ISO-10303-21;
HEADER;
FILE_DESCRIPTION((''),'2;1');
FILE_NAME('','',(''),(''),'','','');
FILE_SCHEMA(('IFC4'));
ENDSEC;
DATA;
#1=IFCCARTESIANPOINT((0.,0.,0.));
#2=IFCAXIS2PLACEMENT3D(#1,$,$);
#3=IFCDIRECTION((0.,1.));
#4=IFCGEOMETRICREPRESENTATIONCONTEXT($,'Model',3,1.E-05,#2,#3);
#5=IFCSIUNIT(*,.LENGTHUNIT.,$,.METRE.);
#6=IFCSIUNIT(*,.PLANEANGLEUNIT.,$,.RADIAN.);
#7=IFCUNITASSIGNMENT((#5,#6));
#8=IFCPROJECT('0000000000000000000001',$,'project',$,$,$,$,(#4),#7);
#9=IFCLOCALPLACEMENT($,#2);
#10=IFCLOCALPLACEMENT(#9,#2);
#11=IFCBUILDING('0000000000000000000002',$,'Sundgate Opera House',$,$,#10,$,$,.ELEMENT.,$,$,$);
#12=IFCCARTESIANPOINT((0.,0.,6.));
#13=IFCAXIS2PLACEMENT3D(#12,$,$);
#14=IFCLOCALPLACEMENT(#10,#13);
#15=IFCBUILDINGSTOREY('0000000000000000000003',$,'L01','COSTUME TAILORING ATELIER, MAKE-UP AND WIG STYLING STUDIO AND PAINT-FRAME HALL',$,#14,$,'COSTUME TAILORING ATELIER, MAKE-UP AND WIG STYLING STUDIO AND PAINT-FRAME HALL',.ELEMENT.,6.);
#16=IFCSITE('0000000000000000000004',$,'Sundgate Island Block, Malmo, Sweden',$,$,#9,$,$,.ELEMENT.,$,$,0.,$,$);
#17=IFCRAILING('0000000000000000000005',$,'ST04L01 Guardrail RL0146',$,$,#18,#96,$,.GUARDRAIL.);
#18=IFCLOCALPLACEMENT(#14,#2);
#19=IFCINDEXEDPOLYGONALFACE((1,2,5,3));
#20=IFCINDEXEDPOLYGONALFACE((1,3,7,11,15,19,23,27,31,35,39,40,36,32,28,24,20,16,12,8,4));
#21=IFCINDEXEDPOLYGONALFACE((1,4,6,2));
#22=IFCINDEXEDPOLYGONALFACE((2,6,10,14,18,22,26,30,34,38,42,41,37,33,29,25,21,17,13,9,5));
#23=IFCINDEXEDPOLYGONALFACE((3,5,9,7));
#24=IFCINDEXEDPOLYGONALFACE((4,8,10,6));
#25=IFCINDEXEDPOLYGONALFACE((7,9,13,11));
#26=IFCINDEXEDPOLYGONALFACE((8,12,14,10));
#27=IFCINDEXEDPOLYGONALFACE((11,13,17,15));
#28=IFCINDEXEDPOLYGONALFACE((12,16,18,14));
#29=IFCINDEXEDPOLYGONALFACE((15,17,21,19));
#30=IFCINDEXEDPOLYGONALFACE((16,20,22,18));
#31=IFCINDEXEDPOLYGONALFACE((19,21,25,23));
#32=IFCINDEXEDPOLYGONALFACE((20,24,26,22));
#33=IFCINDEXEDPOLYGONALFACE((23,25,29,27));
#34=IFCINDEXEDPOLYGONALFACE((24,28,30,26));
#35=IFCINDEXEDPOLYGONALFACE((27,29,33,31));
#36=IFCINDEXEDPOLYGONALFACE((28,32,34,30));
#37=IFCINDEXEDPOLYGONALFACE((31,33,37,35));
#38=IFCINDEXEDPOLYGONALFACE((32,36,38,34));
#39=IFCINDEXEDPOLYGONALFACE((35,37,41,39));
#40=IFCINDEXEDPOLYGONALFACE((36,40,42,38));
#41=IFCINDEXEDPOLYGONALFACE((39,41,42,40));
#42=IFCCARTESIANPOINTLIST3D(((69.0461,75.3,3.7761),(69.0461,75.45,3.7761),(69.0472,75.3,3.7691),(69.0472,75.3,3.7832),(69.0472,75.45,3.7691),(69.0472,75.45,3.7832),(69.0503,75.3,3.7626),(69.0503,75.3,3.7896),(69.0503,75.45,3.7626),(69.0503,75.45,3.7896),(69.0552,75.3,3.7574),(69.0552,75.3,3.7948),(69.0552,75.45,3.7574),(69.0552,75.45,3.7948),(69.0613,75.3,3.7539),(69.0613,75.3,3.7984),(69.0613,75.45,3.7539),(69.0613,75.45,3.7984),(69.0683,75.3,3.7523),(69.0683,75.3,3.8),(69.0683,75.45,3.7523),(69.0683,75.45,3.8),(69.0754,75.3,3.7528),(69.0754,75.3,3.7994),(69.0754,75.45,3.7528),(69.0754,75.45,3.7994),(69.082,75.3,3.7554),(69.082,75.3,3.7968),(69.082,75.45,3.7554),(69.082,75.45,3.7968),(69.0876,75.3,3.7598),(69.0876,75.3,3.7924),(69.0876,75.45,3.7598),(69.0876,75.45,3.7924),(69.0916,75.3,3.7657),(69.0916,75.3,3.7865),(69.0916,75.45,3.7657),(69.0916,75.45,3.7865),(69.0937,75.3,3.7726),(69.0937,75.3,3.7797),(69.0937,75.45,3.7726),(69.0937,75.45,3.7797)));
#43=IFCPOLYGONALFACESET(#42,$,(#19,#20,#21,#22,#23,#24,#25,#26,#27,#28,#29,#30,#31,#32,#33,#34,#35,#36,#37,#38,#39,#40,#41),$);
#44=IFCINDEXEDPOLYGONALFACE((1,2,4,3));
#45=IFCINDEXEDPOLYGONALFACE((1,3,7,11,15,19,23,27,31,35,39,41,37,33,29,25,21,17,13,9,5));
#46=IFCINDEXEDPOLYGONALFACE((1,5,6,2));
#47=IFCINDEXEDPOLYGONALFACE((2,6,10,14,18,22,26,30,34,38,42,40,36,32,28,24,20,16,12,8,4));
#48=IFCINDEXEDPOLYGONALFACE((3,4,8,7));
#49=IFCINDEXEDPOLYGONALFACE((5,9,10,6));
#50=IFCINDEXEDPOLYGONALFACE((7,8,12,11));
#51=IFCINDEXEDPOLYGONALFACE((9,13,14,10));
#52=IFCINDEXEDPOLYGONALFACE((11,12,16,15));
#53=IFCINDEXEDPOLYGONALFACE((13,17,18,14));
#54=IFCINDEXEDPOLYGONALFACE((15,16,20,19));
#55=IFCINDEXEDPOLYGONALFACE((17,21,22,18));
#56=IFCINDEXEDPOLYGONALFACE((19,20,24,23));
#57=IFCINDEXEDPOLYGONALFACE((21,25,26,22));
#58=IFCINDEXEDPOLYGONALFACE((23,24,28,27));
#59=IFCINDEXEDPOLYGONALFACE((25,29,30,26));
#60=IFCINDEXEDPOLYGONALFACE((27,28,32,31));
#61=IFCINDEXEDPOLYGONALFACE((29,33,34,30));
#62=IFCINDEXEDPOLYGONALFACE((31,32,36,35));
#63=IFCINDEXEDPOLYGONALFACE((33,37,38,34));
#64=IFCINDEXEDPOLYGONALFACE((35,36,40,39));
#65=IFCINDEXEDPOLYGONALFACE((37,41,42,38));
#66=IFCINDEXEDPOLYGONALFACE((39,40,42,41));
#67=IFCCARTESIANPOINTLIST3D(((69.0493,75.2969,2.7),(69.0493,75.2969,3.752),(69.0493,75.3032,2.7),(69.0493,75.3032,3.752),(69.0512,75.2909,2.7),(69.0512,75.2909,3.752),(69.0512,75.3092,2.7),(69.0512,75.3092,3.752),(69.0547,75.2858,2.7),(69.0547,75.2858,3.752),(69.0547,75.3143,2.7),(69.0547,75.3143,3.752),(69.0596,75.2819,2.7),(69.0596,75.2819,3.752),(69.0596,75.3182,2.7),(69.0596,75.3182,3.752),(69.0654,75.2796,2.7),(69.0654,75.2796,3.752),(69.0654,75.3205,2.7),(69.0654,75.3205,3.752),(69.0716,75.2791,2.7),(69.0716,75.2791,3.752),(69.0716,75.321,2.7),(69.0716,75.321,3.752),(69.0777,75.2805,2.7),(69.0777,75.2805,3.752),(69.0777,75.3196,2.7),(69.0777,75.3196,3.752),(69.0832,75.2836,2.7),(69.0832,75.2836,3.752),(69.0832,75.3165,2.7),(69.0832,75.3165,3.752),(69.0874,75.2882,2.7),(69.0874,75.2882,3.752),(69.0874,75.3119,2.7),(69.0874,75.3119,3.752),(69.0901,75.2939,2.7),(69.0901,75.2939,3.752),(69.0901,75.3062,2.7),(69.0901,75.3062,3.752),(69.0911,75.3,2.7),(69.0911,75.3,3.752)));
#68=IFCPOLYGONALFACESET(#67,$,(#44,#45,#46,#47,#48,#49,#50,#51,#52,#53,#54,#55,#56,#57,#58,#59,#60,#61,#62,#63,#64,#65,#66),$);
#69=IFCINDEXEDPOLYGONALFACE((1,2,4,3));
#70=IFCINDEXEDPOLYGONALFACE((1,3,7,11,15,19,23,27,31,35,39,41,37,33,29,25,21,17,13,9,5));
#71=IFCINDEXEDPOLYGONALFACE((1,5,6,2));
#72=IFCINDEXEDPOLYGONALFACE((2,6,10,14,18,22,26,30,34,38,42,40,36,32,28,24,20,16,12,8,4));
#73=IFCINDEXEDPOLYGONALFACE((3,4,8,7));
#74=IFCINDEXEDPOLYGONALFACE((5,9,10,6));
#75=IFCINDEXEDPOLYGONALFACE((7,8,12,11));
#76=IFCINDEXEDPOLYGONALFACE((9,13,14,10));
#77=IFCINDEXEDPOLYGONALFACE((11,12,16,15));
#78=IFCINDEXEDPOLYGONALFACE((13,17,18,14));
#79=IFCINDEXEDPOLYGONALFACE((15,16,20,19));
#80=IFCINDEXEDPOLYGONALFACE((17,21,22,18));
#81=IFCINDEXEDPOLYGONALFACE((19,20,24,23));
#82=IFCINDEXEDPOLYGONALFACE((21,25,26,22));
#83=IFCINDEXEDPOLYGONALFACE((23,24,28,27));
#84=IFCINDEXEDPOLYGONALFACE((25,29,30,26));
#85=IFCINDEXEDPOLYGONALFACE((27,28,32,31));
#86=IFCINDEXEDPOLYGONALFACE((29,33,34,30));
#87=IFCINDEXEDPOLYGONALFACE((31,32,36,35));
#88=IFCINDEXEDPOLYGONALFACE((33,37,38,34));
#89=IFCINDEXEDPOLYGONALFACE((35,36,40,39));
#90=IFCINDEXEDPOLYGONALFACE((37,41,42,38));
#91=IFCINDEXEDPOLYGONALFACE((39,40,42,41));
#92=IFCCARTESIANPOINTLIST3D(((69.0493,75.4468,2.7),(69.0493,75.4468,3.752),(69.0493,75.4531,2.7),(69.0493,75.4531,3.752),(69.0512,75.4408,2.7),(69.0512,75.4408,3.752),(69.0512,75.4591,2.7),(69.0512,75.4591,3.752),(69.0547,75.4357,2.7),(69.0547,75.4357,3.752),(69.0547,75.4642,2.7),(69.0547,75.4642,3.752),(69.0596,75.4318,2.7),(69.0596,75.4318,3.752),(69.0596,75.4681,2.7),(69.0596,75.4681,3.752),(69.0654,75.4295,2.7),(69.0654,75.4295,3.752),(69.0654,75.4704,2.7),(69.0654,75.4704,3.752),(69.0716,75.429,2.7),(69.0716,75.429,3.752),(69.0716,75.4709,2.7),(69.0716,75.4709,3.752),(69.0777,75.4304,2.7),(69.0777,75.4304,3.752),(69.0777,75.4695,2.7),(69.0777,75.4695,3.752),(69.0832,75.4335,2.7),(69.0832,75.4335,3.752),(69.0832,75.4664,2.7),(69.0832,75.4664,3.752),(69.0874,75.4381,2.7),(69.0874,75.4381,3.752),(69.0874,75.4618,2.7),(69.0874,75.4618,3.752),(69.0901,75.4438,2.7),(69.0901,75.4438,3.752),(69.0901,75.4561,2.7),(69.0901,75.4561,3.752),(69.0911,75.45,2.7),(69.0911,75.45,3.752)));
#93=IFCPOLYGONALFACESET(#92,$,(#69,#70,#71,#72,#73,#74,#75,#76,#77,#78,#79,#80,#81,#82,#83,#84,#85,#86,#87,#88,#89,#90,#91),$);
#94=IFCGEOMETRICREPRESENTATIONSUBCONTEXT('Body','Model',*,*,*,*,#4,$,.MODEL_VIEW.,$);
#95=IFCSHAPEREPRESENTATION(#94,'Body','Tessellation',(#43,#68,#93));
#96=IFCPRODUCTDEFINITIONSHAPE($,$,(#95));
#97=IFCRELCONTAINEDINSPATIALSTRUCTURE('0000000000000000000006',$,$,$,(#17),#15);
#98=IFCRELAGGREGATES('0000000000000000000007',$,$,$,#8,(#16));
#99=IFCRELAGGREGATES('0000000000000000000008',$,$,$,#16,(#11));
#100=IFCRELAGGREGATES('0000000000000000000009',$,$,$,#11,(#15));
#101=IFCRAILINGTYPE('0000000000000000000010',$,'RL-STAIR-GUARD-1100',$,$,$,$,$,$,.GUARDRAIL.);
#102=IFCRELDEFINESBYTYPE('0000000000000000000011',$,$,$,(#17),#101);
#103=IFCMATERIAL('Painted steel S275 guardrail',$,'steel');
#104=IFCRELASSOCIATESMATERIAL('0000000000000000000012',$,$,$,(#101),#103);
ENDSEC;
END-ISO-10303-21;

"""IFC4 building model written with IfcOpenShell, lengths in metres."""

from ifc_helpers import new_model, si_unit, direction, frame, origin, origin_2d, place, context, subcontext, project, spatial, circle, extrude, material, type_object, element, save


model = new_model("IFC4")

# Units and contexts
model_context = context("Model", 3, precision=1e-05, world=origin(), true_north=direction((0.0, 1.0)))
body_context = subcontext(model_context, "Body", "Model", "MODEL_VIEW")
ifc_project = project(units=[si_unit("LENGTHUNIT", "METRE"), si_unit("PLANEANGLEUNIT", "RADIAN")], contexts=[model_context])

# Site, building, storey
site_placement = place(None, origin())
site = spatial("IfcSite", under=ifc_project, at=site_placement, Name="Sundgate Island Block, Malmo, Sweden", CompositionType="ELEMENT", RefElevation=0.0)
building_placement = place(site_placement, origin())
building = spatial("IfcBuilding", under=site, at=building_placement, Name="Sundgate Opera House", CompositionType="ELEMENT")
storey_placement = place(building_placement, frame((0.0, 0.0, 6.0)))
storey = spatial("IfcBuildingStorey", under=building, at=storey_placement, Name="L01", Description="COSTUME TAILORING ATELIER, MAKE-UP AND WIG STYLING STUDIO AND PAINT-FRAME HALL", LongName="COSTUME TAILORING ATELIER, MAKE-UP AND WIG STYLING STUDIO AND PAINT-FRAME HALL", CompositionType="ELEMENT", Elevation=6.0)

# Railing
ifc_material_1 = material(Name="Painted steel S275 guardrail", Category="steel")
railing_type_1 = type_object("IfcRailingType", Name="RL-STAIR-GUARD-1100", PredefinedType="GUARDRAIL", material=ifc_material_1)
railing_1_placement = place(storey_placement, frame((69.0701, 75.3, 2.7)))
element("IfcRailing", 1, at=railing_1_placement, inside=storey, type_object=railing_type_1, Name="ST04L01 Guardrail RL0146", PredefinedType="GUARDRAIL", context=body_context, shape_type="SweptSolid", body=[
    extrude(circle(Radius=0.0239, at=origin_2d()), frame((0.0, 0.0, 1.0762), z_axis=(0.0, 1.0, 0.0), x_axis=(-1.0, 0.0, 0.0)), (0.0, 0.0, 1.0), 0.1499),
    extrude(circle(Radius=0.021, at=origin_2d()), origin(), (0.0, 0.0, 1.0), 1.052),
    extrude(circle(Radius=0.021, at=origin_2d()), frame((0.0, 0.1499, 0.0)), (0.0, 0.0, 1.0), 1.052),
])

save(model, "model.ifc")
